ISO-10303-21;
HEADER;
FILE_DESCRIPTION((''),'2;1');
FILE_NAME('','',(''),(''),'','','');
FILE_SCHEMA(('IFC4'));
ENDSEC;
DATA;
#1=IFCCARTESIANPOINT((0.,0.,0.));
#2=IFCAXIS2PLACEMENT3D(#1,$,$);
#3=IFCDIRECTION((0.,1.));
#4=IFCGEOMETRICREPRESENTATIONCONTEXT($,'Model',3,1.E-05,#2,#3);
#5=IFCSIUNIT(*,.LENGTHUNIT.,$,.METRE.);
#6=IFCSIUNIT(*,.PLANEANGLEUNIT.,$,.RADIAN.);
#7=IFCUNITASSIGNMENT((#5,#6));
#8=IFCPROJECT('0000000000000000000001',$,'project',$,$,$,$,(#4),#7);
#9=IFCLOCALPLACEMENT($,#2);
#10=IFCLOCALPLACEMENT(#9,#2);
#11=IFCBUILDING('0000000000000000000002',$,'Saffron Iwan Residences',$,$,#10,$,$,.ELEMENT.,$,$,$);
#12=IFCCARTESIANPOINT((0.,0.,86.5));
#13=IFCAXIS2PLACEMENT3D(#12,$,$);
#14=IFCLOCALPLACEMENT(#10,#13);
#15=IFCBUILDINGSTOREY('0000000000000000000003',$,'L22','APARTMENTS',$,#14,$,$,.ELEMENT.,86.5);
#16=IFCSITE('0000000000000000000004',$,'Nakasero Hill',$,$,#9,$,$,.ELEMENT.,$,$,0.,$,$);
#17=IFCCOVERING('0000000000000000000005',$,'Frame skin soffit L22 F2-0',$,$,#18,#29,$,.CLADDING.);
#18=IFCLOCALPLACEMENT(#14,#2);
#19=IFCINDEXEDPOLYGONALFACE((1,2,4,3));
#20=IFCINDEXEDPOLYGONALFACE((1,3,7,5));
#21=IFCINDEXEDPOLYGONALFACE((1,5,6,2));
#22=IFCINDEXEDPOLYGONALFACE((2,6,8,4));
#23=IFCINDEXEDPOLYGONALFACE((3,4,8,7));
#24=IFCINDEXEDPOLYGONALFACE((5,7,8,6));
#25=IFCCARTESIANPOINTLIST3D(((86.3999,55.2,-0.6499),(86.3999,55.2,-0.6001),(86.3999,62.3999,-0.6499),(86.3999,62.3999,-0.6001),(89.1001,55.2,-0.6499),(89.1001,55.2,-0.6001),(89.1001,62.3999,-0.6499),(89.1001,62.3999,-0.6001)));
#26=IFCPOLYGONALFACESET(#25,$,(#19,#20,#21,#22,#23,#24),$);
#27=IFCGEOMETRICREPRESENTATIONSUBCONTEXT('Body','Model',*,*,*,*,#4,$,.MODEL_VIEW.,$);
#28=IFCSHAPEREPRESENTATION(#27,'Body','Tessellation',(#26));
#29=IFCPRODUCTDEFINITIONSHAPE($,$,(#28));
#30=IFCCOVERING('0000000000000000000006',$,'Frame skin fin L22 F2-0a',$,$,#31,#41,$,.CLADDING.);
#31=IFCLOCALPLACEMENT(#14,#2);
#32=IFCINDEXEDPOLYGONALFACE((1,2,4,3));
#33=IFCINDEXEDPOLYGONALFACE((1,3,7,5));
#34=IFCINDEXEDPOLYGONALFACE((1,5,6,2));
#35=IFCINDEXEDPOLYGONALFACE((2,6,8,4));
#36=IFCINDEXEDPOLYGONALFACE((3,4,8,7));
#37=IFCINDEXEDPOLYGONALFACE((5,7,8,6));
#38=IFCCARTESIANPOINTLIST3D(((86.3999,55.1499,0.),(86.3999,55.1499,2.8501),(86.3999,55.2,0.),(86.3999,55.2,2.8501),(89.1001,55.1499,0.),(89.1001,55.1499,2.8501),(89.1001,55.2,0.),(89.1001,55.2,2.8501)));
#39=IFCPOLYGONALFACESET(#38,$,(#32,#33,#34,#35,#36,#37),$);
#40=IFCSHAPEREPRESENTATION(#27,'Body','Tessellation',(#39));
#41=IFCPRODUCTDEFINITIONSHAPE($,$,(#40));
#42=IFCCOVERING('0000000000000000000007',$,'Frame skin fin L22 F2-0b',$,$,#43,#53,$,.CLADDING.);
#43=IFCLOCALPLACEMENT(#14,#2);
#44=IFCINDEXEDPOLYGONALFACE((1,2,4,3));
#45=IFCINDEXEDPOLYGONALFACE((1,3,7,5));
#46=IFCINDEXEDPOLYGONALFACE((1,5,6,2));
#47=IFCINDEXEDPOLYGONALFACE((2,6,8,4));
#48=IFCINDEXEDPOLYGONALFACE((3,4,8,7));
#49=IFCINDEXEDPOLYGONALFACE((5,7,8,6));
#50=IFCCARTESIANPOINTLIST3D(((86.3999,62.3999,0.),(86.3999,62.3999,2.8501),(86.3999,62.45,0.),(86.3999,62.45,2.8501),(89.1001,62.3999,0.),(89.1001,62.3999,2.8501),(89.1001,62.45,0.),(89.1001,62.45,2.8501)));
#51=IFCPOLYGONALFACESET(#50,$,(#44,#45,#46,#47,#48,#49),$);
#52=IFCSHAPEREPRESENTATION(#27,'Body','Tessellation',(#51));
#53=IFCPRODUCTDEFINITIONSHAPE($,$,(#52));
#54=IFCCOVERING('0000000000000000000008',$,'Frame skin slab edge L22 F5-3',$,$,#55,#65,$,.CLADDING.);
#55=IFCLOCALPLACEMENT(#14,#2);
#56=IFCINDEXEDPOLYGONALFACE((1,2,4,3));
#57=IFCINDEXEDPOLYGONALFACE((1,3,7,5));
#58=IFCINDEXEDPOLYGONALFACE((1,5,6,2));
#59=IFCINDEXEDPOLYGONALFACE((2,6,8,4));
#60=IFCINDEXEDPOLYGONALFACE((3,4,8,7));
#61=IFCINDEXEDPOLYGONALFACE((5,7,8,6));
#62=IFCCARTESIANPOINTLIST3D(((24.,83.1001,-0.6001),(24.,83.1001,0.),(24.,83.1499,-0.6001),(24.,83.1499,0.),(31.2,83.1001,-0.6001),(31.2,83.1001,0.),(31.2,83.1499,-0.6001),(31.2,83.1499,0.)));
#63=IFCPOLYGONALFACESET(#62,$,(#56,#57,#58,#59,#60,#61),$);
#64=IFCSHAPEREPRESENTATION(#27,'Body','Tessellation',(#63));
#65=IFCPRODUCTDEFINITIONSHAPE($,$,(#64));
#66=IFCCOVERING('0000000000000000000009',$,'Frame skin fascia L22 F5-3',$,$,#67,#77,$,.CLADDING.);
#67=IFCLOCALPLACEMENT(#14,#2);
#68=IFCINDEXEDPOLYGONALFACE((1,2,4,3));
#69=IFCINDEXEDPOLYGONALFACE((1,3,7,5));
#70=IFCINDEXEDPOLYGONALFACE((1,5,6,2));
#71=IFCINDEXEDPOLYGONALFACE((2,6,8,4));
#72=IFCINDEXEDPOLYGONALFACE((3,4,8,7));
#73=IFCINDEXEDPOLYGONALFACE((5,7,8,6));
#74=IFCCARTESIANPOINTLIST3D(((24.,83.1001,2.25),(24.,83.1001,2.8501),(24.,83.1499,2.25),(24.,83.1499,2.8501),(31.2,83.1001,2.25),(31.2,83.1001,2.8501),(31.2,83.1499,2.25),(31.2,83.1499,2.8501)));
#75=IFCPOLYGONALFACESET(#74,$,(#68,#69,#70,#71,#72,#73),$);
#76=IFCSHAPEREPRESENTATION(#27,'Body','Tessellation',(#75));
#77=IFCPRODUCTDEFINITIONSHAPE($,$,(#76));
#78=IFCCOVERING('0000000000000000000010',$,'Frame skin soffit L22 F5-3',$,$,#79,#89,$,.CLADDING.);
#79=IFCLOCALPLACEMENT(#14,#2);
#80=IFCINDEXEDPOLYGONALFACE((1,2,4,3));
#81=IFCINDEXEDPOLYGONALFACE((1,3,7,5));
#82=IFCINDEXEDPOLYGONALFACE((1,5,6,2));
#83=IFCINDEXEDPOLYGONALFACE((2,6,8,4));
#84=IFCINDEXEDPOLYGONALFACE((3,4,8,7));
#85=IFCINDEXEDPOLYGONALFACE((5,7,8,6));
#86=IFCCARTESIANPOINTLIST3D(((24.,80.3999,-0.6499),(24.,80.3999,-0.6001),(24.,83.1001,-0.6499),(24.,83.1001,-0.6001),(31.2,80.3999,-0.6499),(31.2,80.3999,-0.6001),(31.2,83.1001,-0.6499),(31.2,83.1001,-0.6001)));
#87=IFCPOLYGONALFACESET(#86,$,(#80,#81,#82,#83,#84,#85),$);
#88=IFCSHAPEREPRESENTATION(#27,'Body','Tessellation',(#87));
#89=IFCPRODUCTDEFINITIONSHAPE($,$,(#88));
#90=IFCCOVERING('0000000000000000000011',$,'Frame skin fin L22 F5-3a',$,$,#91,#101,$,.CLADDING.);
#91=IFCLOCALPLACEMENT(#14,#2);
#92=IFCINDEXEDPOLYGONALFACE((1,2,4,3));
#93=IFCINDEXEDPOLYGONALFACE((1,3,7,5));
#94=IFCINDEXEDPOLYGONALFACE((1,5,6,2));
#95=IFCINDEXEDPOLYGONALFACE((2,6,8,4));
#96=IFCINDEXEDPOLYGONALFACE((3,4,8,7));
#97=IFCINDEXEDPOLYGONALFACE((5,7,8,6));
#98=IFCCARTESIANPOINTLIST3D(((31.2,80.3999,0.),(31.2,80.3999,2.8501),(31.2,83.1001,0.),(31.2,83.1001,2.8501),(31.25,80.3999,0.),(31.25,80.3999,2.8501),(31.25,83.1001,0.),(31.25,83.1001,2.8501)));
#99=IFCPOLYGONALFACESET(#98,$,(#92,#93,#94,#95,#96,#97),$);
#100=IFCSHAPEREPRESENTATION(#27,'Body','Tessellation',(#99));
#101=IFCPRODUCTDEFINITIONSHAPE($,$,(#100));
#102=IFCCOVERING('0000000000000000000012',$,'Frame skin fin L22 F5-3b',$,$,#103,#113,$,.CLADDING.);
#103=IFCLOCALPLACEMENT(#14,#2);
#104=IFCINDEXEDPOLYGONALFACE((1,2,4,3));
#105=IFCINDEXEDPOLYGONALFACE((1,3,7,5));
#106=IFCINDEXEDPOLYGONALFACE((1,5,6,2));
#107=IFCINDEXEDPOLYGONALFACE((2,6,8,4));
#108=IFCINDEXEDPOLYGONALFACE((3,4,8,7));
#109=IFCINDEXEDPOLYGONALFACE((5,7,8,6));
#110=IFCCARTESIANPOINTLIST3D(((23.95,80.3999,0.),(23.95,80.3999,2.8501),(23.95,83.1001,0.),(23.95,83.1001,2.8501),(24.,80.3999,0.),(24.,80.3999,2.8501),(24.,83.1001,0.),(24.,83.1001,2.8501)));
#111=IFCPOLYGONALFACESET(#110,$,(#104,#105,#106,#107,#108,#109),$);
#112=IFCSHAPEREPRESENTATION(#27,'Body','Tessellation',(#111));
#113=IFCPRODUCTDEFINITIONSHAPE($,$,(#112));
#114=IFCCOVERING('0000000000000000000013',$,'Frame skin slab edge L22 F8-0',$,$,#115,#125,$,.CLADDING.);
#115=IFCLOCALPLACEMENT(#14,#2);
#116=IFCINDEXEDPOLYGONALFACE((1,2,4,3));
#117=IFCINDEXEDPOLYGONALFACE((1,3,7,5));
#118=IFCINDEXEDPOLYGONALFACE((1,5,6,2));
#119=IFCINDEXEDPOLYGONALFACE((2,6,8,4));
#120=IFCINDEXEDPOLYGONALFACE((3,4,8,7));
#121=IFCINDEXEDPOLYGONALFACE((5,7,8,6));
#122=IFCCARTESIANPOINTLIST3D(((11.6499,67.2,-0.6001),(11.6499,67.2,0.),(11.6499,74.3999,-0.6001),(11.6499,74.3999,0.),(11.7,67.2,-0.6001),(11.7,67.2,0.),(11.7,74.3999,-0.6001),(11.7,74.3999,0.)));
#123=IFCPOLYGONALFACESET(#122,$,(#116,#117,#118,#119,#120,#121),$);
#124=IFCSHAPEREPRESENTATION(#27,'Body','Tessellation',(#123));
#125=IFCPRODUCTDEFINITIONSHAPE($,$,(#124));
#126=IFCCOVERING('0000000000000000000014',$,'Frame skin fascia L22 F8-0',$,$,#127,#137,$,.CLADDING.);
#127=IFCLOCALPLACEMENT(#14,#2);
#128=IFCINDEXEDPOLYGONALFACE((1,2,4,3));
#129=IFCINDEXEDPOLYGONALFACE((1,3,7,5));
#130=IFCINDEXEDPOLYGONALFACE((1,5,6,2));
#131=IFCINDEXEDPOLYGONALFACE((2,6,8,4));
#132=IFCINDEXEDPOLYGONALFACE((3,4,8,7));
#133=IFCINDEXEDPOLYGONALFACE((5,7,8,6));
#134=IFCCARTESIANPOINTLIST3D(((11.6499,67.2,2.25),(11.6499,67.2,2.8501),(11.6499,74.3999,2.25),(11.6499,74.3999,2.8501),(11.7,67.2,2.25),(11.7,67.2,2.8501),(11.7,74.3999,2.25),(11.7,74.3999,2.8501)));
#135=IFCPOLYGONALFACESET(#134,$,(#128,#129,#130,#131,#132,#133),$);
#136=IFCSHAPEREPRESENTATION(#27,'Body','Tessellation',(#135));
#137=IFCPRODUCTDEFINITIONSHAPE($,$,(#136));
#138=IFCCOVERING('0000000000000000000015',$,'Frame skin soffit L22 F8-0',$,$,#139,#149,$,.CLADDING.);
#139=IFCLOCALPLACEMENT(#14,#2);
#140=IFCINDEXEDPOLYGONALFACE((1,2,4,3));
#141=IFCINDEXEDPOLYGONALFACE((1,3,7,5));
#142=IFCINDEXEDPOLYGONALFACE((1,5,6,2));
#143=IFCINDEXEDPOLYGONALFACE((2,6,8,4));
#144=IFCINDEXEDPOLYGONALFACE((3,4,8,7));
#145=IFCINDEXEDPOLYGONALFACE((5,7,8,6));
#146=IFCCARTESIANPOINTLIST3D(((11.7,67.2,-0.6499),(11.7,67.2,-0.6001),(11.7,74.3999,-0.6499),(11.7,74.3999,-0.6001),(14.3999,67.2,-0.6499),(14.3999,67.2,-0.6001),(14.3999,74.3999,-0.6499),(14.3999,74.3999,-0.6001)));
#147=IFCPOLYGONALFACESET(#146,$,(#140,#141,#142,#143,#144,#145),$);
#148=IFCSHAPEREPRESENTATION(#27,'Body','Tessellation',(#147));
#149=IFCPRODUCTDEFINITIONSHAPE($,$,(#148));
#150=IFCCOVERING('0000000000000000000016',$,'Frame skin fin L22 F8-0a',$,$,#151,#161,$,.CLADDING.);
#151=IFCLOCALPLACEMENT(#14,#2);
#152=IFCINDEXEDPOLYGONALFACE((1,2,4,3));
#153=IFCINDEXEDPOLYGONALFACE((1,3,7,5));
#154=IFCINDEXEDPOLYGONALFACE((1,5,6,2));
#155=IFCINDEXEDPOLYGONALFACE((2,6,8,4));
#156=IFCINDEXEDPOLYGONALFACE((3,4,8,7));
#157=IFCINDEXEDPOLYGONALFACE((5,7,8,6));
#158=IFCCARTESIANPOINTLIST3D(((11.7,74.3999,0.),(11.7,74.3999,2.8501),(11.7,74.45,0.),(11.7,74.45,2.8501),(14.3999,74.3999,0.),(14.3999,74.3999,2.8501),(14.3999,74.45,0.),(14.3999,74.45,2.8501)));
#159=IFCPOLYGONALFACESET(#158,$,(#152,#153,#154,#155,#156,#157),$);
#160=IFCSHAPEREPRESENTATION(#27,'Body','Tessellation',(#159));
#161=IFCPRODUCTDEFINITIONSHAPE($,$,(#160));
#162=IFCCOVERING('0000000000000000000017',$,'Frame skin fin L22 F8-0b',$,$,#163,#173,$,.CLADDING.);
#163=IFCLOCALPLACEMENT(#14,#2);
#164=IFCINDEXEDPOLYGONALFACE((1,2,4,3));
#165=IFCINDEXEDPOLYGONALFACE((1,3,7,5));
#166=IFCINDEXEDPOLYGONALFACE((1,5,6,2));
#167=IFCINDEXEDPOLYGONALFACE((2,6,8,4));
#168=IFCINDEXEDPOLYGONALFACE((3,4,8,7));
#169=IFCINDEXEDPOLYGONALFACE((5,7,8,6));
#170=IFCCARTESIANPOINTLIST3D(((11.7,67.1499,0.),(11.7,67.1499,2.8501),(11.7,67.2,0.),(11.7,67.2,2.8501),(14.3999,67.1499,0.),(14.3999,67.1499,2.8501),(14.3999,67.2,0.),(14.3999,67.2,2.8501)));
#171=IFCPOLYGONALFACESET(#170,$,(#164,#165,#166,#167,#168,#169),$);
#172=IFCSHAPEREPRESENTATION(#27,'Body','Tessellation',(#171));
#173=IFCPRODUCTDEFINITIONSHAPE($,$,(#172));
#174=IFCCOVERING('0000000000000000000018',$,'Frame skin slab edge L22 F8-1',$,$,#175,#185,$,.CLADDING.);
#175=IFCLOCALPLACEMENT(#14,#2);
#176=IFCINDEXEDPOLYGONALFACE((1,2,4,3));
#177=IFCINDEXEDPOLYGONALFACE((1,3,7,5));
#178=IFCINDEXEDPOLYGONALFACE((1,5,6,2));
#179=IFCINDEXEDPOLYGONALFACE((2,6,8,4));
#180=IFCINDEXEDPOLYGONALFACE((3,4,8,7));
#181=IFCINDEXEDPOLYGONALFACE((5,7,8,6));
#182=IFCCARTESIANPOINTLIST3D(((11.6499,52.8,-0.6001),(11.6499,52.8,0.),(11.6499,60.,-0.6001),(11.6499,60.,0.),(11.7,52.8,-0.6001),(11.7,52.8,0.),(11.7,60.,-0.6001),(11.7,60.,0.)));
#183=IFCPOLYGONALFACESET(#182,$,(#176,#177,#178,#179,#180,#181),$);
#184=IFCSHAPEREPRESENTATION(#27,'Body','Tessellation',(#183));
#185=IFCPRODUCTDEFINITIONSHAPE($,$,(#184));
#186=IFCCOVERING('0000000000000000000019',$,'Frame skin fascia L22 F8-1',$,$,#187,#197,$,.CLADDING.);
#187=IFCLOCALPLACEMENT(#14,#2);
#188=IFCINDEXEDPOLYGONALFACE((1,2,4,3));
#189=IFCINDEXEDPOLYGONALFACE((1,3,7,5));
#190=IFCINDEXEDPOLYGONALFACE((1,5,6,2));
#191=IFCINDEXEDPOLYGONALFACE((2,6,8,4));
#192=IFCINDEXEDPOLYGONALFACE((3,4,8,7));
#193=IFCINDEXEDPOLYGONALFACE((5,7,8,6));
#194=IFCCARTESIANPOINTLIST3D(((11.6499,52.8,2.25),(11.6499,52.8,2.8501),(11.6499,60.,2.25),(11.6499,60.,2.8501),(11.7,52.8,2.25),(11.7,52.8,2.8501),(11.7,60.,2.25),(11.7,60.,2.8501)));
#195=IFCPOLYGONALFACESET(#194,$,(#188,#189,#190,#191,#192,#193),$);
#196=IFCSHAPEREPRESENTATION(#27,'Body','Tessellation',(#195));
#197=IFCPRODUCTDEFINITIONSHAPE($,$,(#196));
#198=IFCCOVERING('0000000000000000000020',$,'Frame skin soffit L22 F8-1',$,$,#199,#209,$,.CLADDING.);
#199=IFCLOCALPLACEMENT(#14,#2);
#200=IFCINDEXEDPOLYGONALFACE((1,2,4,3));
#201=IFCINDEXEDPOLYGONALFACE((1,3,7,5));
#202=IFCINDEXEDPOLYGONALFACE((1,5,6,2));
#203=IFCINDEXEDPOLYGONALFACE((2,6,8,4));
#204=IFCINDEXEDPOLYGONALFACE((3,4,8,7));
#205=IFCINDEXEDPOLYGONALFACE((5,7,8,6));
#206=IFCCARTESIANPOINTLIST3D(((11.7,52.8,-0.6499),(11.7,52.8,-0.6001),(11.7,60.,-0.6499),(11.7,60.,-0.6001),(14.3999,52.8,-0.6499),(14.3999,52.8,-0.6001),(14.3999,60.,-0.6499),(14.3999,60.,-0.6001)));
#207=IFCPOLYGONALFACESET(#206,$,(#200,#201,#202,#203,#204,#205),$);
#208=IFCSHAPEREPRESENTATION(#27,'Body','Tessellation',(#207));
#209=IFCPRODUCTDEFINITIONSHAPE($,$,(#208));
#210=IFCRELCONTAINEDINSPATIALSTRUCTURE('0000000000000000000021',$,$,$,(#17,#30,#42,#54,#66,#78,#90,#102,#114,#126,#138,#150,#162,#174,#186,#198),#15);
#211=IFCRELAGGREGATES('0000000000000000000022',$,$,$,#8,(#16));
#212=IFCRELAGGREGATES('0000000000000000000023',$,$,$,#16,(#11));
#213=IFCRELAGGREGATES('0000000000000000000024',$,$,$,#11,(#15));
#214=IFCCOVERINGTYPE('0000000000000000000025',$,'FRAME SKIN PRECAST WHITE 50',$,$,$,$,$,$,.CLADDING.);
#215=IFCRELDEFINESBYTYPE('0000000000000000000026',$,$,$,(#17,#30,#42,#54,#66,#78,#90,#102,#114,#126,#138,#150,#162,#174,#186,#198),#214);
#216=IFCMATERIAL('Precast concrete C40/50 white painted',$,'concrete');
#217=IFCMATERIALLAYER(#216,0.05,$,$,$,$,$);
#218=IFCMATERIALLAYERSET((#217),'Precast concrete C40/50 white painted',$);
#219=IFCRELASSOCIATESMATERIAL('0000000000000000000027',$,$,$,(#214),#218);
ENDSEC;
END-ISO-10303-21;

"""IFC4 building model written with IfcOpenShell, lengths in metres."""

from ifc_helpers import new_model, si_unit, direction, frame, origin, place, context, subcontext, project, spatial, polyline, outline, extrude, material, layer, layer_set, type_object, element, save


model = new_model("IFC4")

# Units and contexts
model_context = context("Model", 3, precision=1e-05, world=origin(), true_north=direction((0.0, 1.0)))
body_context = subcontext(model_context, "Body", "Model", "MODEL_VIEW")
ifc_project = project(units=[si_unit("LENGTHUNIT", "METRE"), si_unit("PLANEANGLEUNIT", "RADIAN")], contexts=[model_context])

# Site, building, storey
site_placement = place(None, origin())
site = spatial("IfcSite", under=ifc_project, at=site_placement, Name="Nakasero Hill", CompositionType="ELEMENT", RefElevation=0.0)
building_placement = place(site_placement, origin())
building = spatial("IfcBuilding", under=site, at=building_placement, Name="Saffron Iwan Residences", CompositionType="ELEMENT")
storey_placement = place(building_placement, frame((0.0, 0.0, 86.5)))
storey = spatial("IfcBuildingStorey", under=building, at=storey_placement, Name="L22", Description="APARTMENTS", CompositionType="ELEMENT", Elevation=86.5)

# Coverings
ifc_material_1 = material(Name="Precast concrete C40/50 white painted", Category="concrete")
ifc_layer_1 = layer(ifc_material_1, 0.05)
ifc_layer_set_1 = layer_set([ifc_layer_1], Name="Precast concrete C40/50 white painted")
covering_type_1 = type_object("IfcCoveringType", Name="FRAME SKIN PRECAST WHITE 50", PredefinedType="CLADDING", material=ifc_layer_set_1)
covering_1_placement = place(storey_placement, frame((0.0, 0.0, -0.6499)))
element("IfcCovering", 1, at=covering_1_placement, inside=storey, type_object=covering_type_1, Name="Frame skin soffit L22 F2-0", PredefinedType="CLADDING", context=body_context, shape_type="SweptSolid", body=[
    extrude(outline(polyline([(89.1001, 55.2), (89.1001, 62.3999), (86.3999, 62.3999), (86.3999, 55.2), (89.1001, 55.2)])), origin(), (0.0, 0.0, 1.0), 0.0498),
])
covering_2_placement = place(storey_placement, origin())
element("IfcCovering", 2, at=covering_2_placement, inside=storey, type_object=covering_type_1, Name="Frame skin fin L22 F2-0a", PredefinedType="CLADDING", context=body_context, shape_type="SweptSolid", body=[
    extrude(outline(polyline([(89.1001, 55.1499), (89.1001, 55.2), (86.3999, 55.2), (86.3999, 55.1499), (89.1001, 55.1499)])), origin(), (0.0, 0.0, 1.0), 2.8501),
])
covering_3_placement = place(storey_placement, origin())
element("IfcCovering", 3, at=covering_3_placement, inside=storey, type_object=covering_type_1, Name="Frame skin fin L22 F2-0b", PredefinedType="CLADDING", context=body_context, shape_type="SweptSolid", body=[
    extrude(outline(polyline([(89.1001, 62.3999), (89.1001, 62.45), (86.3999, 62.45), (86.3999, 62.3999), (89.1001, 62.3999)])), origin(), (0.0, 0.0, 1.0), 2.8501),
])
for number, where, name in (
    (4, (0.0, 0.0, -0.6001), "Frame skin slab edge L22 F5-3"),
    (5, (0.0, 0.0, 2.25), "Frame skin fascia L22 F5-3"),
):
    element("IfcCovering", number, at=place(storey_placement, frame(where)), inside=storey, type_object=covering_type_1, Name=name, PredefinedType="CLADDING", context=body_context, shape_type="SweptSolid", body=[
        extrude(outline(polyline([(31.2, 83.1499), (24.0, 83.1499), (24.0, 83.1001), (31.2, 83.1001), (31.2, 83.1499)])), origin(), (0.0, 0.0, 1.0), 0.6001),
    ])
covering_4_placement = place(storey_placement, frame((0.0, 0.0, -0.6499)))
element("IfcCovering", 6, at=covering_4_placement, inside=storey, type_object=covering_type_1, Name="Frame skin soffit L22 F5-3", PredefinedType="CLADDING", context=body_context, shape_type="SweptSolid", body=[
    extrude(outline(polyline([(31.2, 83.1001), (24.0, 83.1001), (24.0, 80.3999), (31.2, 80.3999), (31.2, 83.1001)])), origin(), (0.0, 0.0, 1.0), 0.0498),
])
covering_5_placement = place(storey_placement, origin())
element("IfcCovering", 7, at=covering_5_placement, inside=storey, type_object=covering_type_1, Name="Frame skin fin L22 F5-3a", PredefinedType="CLADDING", context=body_context, shape_type="SweptSolid", body=[
    extrude(outline(polyline([(31.25, 83.1001), (31.2, 83.1001), (31.2, 80.3999), (31.25, 80.3999), (31.25, 83.1001)])), origin(), (0.0, 0.0, 1.0), 2.8501),
])
covering_6_placement = place(storey_placement, origin())
element("IfcCovering", 8, at=covering_6_placement, inside=storey, type_object=covering_type_1, Name="Frame skin fin L22 F5-3b", PredefinedType="CLADDING", context=body_context, shape_type="SweptSolid", body=[
    extrude(outline(polyline([(24.0, 83.1001), (23.95, 83.1001), (23.95, 80.3999), (24.0, 80.3999), (24.0, 83.1001)])), origin(), (0.0, 0.0, 1.0), 2.8501),
])
for number, where, name in (
    (9, (0.0, 0.0, -0.6001), "Frame skin slab edge L22 F8-0"),
    (10, (0.0, 0.0, 2.25), "Frame skin fascia L22 F8-0"),
):
    element("IfcCovering", number, at=place(storey_placement, frame(where)), inside=storey, type_object=covering_type_1, Name=name, PredefinedType="CLADDING", context=body_context, shape_type="SweptSolid", body=[
        extrude(outline(polyline([(11.6499, 74.3999), (11.6499, 67.2), (11.7, 67.2), (11.7, 74.3999), (11.6499, 74.3999)])), origin(), (0.0, 0.0, 1.0), 0.6001),
    ])
covering_7_placement = place(storey_placement, frame((0.0, 0.0, -0.6499)))
element("IfcCovering", 11, at=covering_7_placement, inside=storey, type_object=covering_type_1, Name="Frame skin soffit L22 F8-0", PredefinedType="CLADDING", context=body_context, shape_type="SweptSolid", body=[
    extrude(outline(polyline([(11.7, 74.3999), (11.7, 67.2), (14.3999, 67.2), (14.3999, 74.3999), (11.7, 74.3999)])), origin(), (0.0, 0.0, 1.0), 0.0498),
])
covering_8_placement = place(storey_placement, origin())
element("IfcCovering", 12, at=covering_8_placement, inside=storey, type_object=covering_type_1, Name="Frame skin fin L22 F8-0a", PredefinedType="CLADDING", context=body_context, shape_type="SweptSolid", body=[
    extrude(outline(polyline([(11.7, 74.45), (11.7, 74.3999), (14.3999, 74.3999), (14.3999, 74.45), (11.7, 74.45)])), origin(), (0.0, 0.0, 1.0), 2.8501),
])
covering_9_placement = place(storey_placement, origin())
element("IfcCovering", 13, at=covering_9_placement, inside=storey, type_object=covering_type_1, Name="Frame skin fin L22 F8-0b", PredefinedType="CLADDING", context=body_context, shape_type="SweptSolid", body=[
    extrude(outline(polyline([(11.7, 67.2), (11.7, 67.1499), (14.3999, 67.1499), (14.3999, 67.2), (11.7, 67.2)])), origin(), (0.0, 0.0, 1.0), 2.8501),
])
for number, where, name in (
    (14, (0.0, 0.0, -0.6001), "Frame skin slab edge L22 F8-1"),
    (15, (0.0, 0.0, 2.25), "Frame skin fascia L22 F8-1"),
):
    element("IfcCovering", number, at=place(storey_placement, frame(where)), inside=storey, type_object=covering_type_1, Name=name, PredefinedType="CLADDING", context=body_context, shape_type="SweptSolid", body=[
        extrude(outline(polyline([(11.6499, 60.0), (11.6499, 52.8), (11.7, 52.8), (11.7, 60.0), (11.6499, 60.0)])), origin(), (0.0, 0.0, 1.0), 0.6001),
    ])
covering_10_placement = place(storey_placement, frame((0.0, 0.0, -0.6499)))
element("IfcCovering", 16, at=covering_10_placement, inside=storey, type_object=covering_type_1, Name="Frame skin soffit L22 F8-1", PredefinedType="CLADDING", context=body_context, shape_type="SweptSolid", body=[
    extrude(outline(polyline([(11.7, 60.0), (11.7, 52.8), (14.3999, 52.8), (14.3999, 60.0), (11.7, 60.0)])), origin(), (0.0, 0.0, 1.0), 0.0498),
])

save(model, "model.ifc")
